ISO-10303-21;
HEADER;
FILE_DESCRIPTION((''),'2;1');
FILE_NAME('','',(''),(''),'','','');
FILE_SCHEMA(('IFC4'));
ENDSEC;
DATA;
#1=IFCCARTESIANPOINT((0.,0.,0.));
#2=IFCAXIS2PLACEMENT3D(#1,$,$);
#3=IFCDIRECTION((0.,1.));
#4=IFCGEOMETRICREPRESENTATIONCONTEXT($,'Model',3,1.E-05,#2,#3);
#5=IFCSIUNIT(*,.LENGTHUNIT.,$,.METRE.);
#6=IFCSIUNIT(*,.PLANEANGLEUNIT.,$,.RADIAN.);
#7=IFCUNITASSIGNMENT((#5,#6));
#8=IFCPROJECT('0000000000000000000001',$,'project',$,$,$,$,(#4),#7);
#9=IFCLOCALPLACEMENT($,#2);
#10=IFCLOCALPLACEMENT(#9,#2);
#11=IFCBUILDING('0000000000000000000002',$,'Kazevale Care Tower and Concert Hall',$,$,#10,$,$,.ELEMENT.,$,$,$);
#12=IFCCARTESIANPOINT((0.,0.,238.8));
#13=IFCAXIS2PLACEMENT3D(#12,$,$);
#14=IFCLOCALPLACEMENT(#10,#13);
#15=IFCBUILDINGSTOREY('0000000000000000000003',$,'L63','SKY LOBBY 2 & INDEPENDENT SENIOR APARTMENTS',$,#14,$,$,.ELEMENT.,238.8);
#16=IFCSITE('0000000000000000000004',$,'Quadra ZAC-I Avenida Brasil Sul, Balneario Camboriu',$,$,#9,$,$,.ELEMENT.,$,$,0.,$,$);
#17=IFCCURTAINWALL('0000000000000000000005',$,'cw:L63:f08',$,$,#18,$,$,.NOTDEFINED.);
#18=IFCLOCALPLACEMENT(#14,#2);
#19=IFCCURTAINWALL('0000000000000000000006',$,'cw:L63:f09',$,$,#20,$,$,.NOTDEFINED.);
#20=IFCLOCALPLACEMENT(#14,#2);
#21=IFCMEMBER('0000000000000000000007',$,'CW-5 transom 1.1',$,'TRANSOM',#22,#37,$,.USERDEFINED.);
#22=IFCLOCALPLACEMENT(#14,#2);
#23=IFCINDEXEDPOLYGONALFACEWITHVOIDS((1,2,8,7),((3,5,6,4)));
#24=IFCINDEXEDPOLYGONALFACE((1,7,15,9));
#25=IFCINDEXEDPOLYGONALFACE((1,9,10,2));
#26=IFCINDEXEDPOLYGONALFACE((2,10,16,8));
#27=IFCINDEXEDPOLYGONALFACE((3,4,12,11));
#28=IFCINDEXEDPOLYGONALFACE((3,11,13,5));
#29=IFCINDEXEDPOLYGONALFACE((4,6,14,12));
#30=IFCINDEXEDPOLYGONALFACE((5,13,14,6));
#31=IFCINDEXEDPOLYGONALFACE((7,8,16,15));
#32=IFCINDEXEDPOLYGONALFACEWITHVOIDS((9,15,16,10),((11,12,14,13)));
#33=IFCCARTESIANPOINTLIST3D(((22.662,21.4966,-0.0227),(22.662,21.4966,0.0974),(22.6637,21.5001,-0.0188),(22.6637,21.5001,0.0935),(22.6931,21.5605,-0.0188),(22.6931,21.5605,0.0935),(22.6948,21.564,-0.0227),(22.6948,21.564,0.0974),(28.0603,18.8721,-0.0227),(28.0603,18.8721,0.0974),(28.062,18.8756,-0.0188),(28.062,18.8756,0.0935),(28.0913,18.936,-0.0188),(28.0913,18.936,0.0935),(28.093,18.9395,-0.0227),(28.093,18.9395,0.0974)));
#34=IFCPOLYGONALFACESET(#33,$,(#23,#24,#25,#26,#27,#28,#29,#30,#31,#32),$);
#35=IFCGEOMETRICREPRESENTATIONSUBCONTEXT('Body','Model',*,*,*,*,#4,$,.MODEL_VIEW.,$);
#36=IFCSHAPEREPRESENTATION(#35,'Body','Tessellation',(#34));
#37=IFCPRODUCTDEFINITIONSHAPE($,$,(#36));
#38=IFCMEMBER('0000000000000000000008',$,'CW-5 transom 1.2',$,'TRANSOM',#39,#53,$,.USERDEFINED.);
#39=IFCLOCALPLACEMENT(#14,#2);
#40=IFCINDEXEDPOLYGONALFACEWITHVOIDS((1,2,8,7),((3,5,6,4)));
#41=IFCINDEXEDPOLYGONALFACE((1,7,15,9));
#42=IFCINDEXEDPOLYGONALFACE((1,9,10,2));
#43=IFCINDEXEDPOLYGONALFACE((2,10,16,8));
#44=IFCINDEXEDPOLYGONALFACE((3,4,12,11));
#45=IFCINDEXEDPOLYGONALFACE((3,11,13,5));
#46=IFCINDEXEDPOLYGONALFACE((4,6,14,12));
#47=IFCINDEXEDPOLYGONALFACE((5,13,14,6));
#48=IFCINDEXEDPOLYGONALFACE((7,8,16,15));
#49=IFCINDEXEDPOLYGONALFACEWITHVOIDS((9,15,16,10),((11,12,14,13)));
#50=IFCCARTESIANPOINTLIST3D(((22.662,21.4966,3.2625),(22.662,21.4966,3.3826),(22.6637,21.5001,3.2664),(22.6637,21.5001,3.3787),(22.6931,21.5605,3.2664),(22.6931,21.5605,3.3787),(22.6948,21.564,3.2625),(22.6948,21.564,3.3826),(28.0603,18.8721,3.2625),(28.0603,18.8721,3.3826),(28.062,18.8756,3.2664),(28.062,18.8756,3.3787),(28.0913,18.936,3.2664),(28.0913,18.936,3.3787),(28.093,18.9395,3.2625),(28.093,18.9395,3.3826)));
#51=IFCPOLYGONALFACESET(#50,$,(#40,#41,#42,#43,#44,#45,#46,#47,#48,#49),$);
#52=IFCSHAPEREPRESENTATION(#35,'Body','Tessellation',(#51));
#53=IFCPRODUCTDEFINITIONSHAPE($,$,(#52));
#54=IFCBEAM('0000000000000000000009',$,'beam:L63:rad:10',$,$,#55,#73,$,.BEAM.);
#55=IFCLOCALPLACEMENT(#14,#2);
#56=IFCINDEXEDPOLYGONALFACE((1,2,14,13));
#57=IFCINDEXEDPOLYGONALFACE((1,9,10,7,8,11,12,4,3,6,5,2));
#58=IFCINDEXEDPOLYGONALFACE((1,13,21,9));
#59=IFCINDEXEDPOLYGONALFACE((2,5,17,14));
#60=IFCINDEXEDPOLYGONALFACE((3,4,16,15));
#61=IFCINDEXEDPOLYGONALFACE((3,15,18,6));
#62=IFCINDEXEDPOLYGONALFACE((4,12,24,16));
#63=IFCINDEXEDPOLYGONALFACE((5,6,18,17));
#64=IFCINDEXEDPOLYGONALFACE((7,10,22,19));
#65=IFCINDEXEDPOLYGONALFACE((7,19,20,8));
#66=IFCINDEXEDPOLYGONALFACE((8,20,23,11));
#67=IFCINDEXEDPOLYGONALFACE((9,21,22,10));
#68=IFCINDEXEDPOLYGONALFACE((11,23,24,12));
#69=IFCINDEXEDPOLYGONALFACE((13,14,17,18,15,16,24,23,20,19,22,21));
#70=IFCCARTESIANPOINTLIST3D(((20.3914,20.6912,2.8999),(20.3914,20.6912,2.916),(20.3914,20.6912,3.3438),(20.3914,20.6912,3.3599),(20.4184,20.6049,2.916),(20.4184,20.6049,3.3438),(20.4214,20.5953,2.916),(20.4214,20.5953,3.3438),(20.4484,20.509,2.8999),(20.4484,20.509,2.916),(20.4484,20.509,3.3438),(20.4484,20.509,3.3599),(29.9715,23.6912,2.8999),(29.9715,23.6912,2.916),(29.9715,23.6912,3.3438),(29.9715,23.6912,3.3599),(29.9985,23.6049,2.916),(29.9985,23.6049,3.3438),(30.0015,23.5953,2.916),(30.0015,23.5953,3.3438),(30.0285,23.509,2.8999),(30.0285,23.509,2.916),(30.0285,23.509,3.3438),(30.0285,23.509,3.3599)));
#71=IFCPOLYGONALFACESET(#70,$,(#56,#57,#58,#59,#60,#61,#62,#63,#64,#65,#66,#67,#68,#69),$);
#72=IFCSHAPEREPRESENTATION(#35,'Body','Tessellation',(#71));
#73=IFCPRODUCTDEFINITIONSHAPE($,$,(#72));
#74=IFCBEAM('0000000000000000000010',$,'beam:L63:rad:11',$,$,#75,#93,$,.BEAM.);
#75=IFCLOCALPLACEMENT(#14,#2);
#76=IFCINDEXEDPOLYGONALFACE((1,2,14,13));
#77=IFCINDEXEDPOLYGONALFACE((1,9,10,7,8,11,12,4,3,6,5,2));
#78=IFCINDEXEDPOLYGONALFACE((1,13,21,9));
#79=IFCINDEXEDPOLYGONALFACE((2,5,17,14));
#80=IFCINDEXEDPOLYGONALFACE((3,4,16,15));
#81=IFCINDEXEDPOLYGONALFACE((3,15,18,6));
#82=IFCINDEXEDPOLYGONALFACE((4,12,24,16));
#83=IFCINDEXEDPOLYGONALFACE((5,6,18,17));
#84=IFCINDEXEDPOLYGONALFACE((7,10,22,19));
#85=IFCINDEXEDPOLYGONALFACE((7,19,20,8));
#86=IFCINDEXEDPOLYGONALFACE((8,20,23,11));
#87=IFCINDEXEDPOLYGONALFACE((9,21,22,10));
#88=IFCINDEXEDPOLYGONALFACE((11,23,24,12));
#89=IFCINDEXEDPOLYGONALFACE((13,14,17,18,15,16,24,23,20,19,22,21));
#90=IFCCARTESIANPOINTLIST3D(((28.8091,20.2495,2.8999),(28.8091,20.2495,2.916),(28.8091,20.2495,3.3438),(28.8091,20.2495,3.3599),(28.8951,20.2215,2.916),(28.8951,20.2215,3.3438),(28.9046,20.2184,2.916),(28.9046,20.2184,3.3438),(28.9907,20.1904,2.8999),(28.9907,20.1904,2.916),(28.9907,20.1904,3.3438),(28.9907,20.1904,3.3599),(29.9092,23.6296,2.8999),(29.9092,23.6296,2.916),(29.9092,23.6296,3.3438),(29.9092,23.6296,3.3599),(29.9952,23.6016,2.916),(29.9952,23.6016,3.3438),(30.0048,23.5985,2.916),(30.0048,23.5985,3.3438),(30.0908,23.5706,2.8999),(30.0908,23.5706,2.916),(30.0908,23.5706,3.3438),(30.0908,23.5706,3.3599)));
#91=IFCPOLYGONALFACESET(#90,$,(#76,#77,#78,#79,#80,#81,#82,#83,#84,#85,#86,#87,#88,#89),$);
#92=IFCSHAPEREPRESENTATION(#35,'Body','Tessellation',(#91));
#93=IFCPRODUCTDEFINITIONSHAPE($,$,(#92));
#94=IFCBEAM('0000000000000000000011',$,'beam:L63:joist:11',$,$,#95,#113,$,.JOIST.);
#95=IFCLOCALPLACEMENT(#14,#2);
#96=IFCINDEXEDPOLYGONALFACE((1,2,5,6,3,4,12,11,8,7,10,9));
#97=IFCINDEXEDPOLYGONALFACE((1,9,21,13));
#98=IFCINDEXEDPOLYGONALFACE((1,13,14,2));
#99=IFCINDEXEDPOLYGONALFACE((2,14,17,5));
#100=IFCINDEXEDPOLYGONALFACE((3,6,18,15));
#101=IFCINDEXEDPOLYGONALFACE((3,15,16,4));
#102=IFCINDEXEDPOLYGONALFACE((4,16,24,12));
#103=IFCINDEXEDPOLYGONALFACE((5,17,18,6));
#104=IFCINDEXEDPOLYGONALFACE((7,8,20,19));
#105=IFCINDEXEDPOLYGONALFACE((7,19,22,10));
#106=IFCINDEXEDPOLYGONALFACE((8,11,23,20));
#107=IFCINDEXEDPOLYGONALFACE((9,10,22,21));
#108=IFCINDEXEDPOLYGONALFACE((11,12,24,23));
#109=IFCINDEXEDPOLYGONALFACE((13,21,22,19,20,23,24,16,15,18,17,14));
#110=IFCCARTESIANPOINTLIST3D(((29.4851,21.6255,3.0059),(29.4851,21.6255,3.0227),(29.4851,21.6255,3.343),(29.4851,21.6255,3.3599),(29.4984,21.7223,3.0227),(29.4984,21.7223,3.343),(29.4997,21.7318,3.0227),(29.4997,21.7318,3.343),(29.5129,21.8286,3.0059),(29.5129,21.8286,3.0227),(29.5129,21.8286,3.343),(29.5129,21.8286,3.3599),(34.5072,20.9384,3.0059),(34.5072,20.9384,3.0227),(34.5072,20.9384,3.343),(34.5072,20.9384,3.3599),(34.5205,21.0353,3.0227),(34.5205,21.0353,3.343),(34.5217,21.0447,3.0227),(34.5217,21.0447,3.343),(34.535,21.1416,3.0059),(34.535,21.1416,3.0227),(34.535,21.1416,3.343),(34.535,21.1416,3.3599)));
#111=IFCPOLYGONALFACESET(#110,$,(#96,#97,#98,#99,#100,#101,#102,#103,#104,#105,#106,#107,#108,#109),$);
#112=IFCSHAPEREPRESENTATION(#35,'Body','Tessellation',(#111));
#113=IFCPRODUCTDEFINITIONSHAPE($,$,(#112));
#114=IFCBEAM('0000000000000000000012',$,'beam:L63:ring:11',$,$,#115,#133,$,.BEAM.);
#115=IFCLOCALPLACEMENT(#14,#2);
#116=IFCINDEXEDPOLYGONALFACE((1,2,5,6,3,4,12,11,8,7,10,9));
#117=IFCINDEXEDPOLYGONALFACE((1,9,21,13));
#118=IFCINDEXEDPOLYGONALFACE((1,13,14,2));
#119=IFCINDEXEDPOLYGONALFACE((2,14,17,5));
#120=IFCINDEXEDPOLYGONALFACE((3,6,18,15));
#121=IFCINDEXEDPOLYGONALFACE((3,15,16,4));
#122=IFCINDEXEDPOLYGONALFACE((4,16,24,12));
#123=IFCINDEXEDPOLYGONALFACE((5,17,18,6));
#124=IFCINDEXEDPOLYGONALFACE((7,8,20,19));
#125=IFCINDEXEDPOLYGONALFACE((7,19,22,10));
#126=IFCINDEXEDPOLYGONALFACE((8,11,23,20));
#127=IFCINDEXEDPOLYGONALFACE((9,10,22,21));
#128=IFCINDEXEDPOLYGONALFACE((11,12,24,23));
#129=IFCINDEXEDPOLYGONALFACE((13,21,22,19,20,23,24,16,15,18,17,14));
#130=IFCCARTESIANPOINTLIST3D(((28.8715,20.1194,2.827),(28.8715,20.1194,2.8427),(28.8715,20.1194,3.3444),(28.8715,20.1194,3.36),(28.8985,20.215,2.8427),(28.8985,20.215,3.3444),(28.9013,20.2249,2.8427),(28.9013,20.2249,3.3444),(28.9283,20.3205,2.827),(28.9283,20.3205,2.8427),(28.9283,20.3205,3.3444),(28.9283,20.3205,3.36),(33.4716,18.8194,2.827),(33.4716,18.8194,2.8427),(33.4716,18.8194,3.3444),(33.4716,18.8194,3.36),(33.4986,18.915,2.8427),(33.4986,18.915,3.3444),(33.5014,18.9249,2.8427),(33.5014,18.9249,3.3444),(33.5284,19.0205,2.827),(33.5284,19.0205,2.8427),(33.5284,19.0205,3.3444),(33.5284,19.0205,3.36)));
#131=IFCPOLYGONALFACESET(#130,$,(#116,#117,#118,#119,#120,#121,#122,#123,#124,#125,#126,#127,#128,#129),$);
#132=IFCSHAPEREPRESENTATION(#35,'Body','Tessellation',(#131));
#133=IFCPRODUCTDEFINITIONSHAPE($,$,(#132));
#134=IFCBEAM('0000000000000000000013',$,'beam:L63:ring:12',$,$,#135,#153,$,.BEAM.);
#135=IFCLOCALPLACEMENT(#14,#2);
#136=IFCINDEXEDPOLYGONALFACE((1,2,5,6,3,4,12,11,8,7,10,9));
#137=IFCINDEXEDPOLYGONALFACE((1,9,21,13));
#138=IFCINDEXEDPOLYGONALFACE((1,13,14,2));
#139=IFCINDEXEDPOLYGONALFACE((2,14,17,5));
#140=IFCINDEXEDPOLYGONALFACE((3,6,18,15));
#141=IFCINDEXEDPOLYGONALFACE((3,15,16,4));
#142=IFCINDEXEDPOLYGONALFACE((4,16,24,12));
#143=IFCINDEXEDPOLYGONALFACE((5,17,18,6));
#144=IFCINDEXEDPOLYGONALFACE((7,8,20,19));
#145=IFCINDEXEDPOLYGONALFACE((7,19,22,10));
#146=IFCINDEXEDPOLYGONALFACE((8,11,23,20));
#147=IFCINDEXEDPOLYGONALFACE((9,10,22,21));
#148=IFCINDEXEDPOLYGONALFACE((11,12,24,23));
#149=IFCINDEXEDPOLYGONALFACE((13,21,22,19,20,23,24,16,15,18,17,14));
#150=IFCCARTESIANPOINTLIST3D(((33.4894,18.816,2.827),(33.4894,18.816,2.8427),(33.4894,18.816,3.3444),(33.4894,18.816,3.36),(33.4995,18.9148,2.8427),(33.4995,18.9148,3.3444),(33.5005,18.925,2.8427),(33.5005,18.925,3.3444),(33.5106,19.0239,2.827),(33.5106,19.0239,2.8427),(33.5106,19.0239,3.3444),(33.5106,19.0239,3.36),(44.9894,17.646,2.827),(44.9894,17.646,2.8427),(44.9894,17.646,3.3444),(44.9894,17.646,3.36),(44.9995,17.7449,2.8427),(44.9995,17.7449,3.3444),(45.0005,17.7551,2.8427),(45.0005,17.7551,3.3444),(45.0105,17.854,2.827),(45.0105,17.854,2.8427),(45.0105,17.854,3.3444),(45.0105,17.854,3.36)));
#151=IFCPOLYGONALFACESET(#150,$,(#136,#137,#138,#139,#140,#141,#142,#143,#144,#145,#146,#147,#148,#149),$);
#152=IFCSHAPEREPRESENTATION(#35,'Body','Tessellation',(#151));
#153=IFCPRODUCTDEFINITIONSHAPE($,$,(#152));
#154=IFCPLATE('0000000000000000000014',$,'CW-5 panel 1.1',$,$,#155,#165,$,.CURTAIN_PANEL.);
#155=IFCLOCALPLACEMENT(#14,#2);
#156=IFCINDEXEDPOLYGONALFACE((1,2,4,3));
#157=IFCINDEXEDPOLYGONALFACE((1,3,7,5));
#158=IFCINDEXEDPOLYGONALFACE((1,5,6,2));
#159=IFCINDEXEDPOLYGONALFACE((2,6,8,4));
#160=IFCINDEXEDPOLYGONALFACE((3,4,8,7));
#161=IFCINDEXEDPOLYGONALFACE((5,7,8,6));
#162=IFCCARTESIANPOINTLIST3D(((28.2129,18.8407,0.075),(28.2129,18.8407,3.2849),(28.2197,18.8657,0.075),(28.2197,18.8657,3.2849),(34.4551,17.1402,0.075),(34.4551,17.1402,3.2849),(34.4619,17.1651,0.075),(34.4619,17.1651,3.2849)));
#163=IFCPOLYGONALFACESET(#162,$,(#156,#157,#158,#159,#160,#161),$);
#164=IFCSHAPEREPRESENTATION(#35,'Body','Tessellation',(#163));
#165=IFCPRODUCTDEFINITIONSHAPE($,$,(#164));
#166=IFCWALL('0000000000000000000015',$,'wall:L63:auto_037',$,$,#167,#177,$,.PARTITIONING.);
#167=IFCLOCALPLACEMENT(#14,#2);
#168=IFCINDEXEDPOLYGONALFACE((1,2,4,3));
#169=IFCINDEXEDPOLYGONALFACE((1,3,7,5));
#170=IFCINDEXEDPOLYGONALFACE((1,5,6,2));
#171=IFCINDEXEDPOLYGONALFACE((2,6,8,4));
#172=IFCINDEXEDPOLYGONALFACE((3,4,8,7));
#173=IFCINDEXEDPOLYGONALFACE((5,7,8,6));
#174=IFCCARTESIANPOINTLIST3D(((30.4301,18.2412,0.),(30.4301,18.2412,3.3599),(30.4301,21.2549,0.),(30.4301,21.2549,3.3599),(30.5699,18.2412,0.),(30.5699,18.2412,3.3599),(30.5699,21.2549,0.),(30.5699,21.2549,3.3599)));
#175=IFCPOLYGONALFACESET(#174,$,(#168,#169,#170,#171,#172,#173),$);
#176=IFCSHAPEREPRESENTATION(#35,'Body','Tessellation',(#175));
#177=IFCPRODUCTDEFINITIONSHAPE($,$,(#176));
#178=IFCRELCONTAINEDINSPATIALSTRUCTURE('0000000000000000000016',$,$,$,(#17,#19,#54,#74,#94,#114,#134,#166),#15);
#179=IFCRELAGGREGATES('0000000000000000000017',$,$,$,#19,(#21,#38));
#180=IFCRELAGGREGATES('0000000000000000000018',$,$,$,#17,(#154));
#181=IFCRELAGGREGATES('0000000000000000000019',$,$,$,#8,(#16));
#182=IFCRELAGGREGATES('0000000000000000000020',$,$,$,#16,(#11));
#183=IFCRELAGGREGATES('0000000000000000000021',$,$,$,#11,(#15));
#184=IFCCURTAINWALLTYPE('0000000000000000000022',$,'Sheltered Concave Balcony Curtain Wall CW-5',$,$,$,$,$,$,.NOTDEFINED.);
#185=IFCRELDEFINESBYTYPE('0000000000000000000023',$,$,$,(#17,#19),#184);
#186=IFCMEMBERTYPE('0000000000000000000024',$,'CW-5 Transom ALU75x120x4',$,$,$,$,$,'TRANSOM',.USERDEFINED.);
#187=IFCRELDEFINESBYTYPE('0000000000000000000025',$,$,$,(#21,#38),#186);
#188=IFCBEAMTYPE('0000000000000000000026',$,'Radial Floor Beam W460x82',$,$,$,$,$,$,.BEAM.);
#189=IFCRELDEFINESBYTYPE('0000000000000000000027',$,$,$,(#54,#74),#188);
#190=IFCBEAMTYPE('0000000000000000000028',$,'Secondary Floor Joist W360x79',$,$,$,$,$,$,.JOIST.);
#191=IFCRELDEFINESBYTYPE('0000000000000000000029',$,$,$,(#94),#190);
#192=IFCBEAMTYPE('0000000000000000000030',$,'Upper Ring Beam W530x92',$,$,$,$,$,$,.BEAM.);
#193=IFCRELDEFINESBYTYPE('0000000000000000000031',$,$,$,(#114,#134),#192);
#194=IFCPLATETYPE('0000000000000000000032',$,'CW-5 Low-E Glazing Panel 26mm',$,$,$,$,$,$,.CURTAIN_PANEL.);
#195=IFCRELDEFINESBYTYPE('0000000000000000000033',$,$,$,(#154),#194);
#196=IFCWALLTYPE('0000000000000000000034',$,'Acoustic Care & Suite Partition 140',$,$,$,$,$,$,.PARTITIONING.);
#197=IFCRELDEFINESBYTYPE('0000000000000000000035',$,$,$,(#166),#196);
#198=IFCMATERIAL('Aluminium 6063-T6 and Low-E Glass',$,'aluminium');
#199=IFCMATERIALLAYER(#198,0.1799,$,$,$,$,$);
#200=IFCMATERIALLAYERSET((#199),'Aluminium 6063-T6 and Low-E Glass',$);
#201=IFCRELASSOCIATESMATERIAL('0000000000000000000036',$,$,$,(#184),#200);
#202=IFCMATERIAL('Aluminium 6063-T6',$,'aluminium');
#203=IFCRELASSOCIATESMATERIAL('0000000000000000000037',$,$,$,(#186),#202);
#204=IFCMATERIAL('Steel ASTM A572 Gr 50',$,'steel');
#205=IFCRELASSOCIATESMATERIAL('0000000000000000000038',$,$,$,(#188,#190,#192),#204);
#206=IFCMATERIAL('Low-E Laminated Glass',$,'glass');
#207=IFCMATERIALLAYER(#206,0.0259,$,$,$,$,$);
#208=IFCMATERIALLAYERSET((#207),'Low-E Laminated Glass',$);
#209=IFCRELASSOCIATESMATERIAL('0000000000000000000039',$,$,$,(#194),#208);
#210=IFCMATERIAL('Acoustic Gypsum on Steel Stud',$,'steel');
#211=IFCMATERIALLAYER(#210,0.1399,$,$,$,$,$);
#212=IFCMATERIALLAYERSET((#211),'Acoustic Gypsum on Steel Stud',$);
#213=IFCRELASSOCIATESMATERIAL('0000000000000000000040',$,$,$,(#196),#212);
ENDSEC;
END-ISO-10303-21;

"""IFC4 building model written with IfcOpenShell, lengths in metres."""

from ifc_helpers import new_model, si_unit, direction, frame, frame_2d, origin, origin_2d, place, context, subcontext, project, spatial, rectangle, hollow_rectangle, i_section, extrude, material, layer, layer_set, material_profile, profile_set, type_object, element, aggregate, save


model = new_model("IFC4")

# Units and contexts
model_context = context("Model", 3, precision=1e-05, world=origin(), true_north=direction((0.0, 1.0)))
body_context = subcontext(model_context, "Body", "Model", "MODEL_VIEW")
ifc_project = project(units=[si_unit("LENGTHUNIT", "METRE"), si_unit("PLANEANGLEUNIT", "RADIAN")], contexts=[model_context])

# Site, building, storey
site_placement = place(None, origin())
site = spatial("IfcSite", under=ifc_project, at=site_placement, Name="Quadra ZAC-I Avenida Brasil Sul, Balneario Camboriu", CompositionType="ELEMENT", RefElevation=0.0)
building_placement = place(site_placement, origin())
building = spatial("IfcBuilding", under=site, at=building_placement, Name="Kazevale Care Tower and Concert Hall", CompositionType="ELEMENT")
storey_placement = place(building_placement, frame((0.0, 0.0, 238.8)))
storey = spatial("IfcBuildingStorey", under=building, at=storey_placement, Name="L63", Description="SKY LOBBY 2 & INDEPENDENT SENIOR APARTMENTS", CompositionType="ELEMENT", Elevation=238.8)

# Curtain walls
ifc_material_1 = material(Name="Aluminium 6063-T6 and Low-E Glass", Category="aluminium")
ifc_layer_1 = layer(ifc_material_1, 0.1799)
ifc_layer_set_1 = layer_set([ifc_layer_1], Name="Aluminium 6063-T6 and Low-E Glass")
curtain_wall_type = type_object("IfcCurtainWallType", Name="Sheltered Concave Balcony Curtain Wall CW-5", PredefinedType="NOTDEFINED", material=ifc_layer_set_1)
curtain_wall_1_placement = place(storey_placement, origin())
curtain_wall_1 = element("IfcCurtainWall", 1, at=curtain_wall_1_placement, inside=storey, type_object=curtain_wall_type, Name="cw:L63:f08", PredefinedType="NOTDEFINED")
ifc_material_2 = material(Name="Aluminium 6063-T6", Category="aluminium")
curtain_wall_2_placement = place(storey_placement, origin())
curtain_wall_2 = element("IfcCurtainWall", 2, at=curtain_wall_2_placement, inside=storey, type_object=curtain_wall_type, Name="cw:L63:f09", PredefinedType="NOTDEFINED")

# Members
ifc_material_profile_1 = material_profile(ifc_material_2, hollow_rectangle(XDim=0.075, YDim=0.1201, WallThickness=0.0039, at=origin_2d()), Name="ALU75x120x4")
ifc_profile_set_1 = profile_set([ifc_material_profile_1], Name="Aluminium 6063-T6")
member_type_1 = type_object("IfcMemberType", Name="CW-5 Transom ALU75x120x4", ElementType="TRANSOM", PredefinedType="USERDEFINED", material=ifc_profile_set_1)
member_1_placement = place(storey_placement, frame((28.0767, 18.9058, 0.0374), z_axis=(-0.899342, 0.437245, 0.0), x_axis=(-0.437245, -0.899342, 0.0)))
member_1 = element("IfcMember", 3, at=member_1_placement, type_object=member_type_1, Name="CW-5 transom 1.1", ObjectType="TRANSOM", PredefinedType="USERDEFINED", context=body_context, shape_type="SweptSolid", body=[
    extrude(hollow_rectangle(XDim=0.075, YDim=0.1201, WallThickness=0.0039, at=origin_2d()), origin(), (0.0, 0.0, 1.0), 6.0024),
])
member_2_placement = place(storey_placement, frame((28.0767, 18.9058, 3.3225), z_axis=(-0.899342, 0.437245, 0.0), x_axis=(-0.437245, -0.899342, 0.0)))
member_2 = element("IfcMember", 4, at=member_2_placement, type_object=member_type_1, Name="CW-5 transom 1.2", ObjectType="TRANSOM", PredefinedType="USERDEFINED", context=body_context, shape_type="SweptSolid", body=[
    extrude(hollow_rectangle(XDim=0.075, YDim=0.1201, WallThickness=0.0039, at=origin_2d()), origin(), (0.0, 0.0, 1.0), 6.0024),
])
aggregate(curtain_wall_2, [member_1, member_2])

# Beams
ifc_material_3 = material(Name="Steel ASTM A572 Gr 50", Category="steel")
ifc_material_profile_2 = material_profile(ifc_material_3, i_section(OverallWidth=0.1909, OverallDepth=0.46, WebThickness=0.01, FlangeThickness=0.0161, at=origin_2d()), Name="W460x82")
ifc_profile_set_2 = profile_set([ifc_material_profile_2], Name="Steel ASTM A572 Gr 50")
beam_type_1 = type_object("IfcBeamType", Name="Radial Floor Beam W460x82", PredefinedType="BEAM", material=ifc_profile_set_2)
beam_1_placement = place(storey_placement, frame((30.0, 23.6001, 3.1299), z_axis=(-0.954303, -0.29884, 0.0), x_axis=(0.29884, -0.954303, 0.0)))
element("IfcBeam", 5, at=beam_1_placement, inside=storey, type_object=beam_type_1, Name="beam:L63:rad:10", PredefinedType="BEAM", context=body_context, shape_type="SweptSolid", body=[
    extrude(i_section(OverallWidth=0.1909, OverallDepth=0.46, WebThickness=0.01, FlangeThickness=0.0161, at=origin_2d()), origin(), (0.0, 0.0, 1.0), 10.0388),
])
beam_2_placement = place(storey_placement, frame((30.0, 23.6001, 3.1299), z_axis=(-0.309482, -0.950905, 0.0), x_axis=(0.950905, -0.309482, 0.0)))
element("IfcBeam", 6, at=beam_2_placement, inside=storey, type_object=beam_type_1, Name="beam:L63:rad:11", PredefinedType="BEAM", context=body_context, shape_type="SweptSolid", body=[
    extrude(i_section(OverallWidth=0.1909, OverallDepth=0.46, WebThickness=0.01, FlangeThickness=0.0161, at=origin_2d()), origin(), (0.0, 0.0, 1.0), 3.5547),
])
ifc_material_profile_3 = material_profile(ifc_material_3, i_section(OverallWidth=0.2051, OverallDepth=0.354, WebThickness=0.0095, FlangeThickness=0.0168, at=origin_2d()), Name="W360x79")
ifc_profile_set_3 = profile_set([ifc_material_profile_3], Name="Steel ASTM A572 Gr 50")
beam_type_2 = type_object("IfcBeamType", Name="Secondary Floor Joist W360x79", PredefinedType="JOIST", material=ifc_profile_set_3)
beam_3_placement = place(storey_placement, frame((29.499, 21.7271, 3.1829), z_axis=(0.990772, -0.135539, 0.0), x_axis=(0.135539, 0.990772, 0.0)))
element("IfcBeam", 7, at=beam_3_placement, inside=storey, type_object=beam_type_2, Name="beam:L63:joist:11", PredefinedType="JOIST", context=body_context, shape_type="SweptSolid", body=[
    extrude(i_section(OverallWidth=0.2051, OverallDepth=0.354, WebThickness=0.0095, FlangeThickness=0.0168, at=origin_2d()), origin(), (0.0, 0.0, 1.0), 5.0688),
])
ifc_material_profile_4 = material_profile(ifc_material_3, i_section(OverallWidth=0.209, OverallDepth=0.533, WebThickness=0.0103, FlangeThickness=0.0156, at=origin_2d()), Name="W530x92")
ifc_profile_set_4 = profile_set([ifc_material_profile_4], Name="Steel ASTM A572 Gr 50")
beam_type_3 = type_object("IfcBeamType", Name="Upper Ring Beam W530x92", PredefinedType="BEAM", material=ifc_profile_set_4)
beam_4_placement = place(storey_placement, frame((28.8999, 20.22, 3.0935), z_axis=(0.962308, -0.271961, 0.0), x_axis=(0.271961, 0.962308, 0.0)))
element("IfcBeam", 8, at=beam_4_placement, inside=storey, type_object=beam_type_3, Name="beam:L63:ring:11", PredefinedType="BEAM", context=body_context, shape_type="SweptSolid", body=[
    extrude(i_section(OverallWidth=0.209, OverallDepth=0.533, WebThickness=0.0103, FlangeThickness=0.0156, at=origin_2d()), origin(), (0.0, 0.0, 1.0), 4.7803),
])
beam_5_placement = place(storey_placement, frame((33.5, 18.9199, 3.0935), z_axis=(0.994865, -0.10121, 0.0), x_axis=(0.10121, 0.994865, 0.0)))
element("IfcBeam", 9, at=beam_5_placement, inside=storey, type_object=beam_type_3, Name="beam:L63:ring:12", PredefinedType="BEAM", context=body_context, shape_type="SweptSolid", body=[
    extrude(i_section(OverallWidth=0.209, OverallDepth=0.533, WebThickness=0.0103, FlangeThickness=0.0156, at=origin_2d()), origin(), (0.0, 0.0, 1.0), 11.5593),
])

# Plate
ifc_material_4 = material(Name="Low-E Laminated Glass", Category="glass")
ifc_layer_2 = layer(ifc_material_4, 0.0259)
ifc_layer_set_2 = layer_set([ifc_layer_2], Name="Low-E Laminated Glass")
plate_type = type_object("IfcPlateType", Name="CW-5 Low-E Glazing Panel 26mm", PredefinedType="CURTAIN_PANEL", material=ifc_layer_set_2)
plate_placement = place(storey_placement, frame((31.3374, 18.0029, 0.075), z_axis=(0.0, 0.0, 1.0), x_axis=(-0.964837, 0.262849, 0.0)))
plate = element("IfcPlate", 10, at=plate_placement, type_object=plate_type, Name="CW-5 panel 1.1", PredefinedType="CURTAIN_PANEL", context=body_context, shape_type="SweptSolid", body=[
    extrude(rectangle(XDim=6.4697, YDim=0.0259, at=origin_2d()), origin(), (0.0, 0.0, 1.0), 3.21),
])
aggregate(curtain_wall_1, [plate])

# Wall
ifc_material_5 = material(Name="Acoustic Gypsum on Steel Stud", Category="steel")
ifc_layer_3 = layer(ifc_material_5, 0.1399)
ifc_layer_set_3 = layer_set([ifc_layer_3], Name="Acoustic Gypsum on Steel Stud")
wall_type_1 = type_object("IfcWallType", Name="Acoustic Care & Suite Partition 140", PredefinedType="PARTITIONING", material=ifc_layer_set_3)
wall_1_placement = place(storey_placement, frame((30.5, 21.2549, 0.0), z_axis=(0.0, 0.0, 1.0), x_axis=(0.0, -1.0, 0.0)))
element("IfcWall", 11, at=wall_1_placement, inside=storey, type_object=wall_type_1, Name="wall:L63:auto_037", PredefinedType="PARTITIONING", context=body_context, shape_type="SweptSolid", body=[
    extrude(rectangle(XDim=3.0137, YDim=0.1399, at=frame_2d((1.5068, 0.0))), origin(), (0.0, 0.0, 1.0), 3.3599),
])

save(model, "model.ifc")
